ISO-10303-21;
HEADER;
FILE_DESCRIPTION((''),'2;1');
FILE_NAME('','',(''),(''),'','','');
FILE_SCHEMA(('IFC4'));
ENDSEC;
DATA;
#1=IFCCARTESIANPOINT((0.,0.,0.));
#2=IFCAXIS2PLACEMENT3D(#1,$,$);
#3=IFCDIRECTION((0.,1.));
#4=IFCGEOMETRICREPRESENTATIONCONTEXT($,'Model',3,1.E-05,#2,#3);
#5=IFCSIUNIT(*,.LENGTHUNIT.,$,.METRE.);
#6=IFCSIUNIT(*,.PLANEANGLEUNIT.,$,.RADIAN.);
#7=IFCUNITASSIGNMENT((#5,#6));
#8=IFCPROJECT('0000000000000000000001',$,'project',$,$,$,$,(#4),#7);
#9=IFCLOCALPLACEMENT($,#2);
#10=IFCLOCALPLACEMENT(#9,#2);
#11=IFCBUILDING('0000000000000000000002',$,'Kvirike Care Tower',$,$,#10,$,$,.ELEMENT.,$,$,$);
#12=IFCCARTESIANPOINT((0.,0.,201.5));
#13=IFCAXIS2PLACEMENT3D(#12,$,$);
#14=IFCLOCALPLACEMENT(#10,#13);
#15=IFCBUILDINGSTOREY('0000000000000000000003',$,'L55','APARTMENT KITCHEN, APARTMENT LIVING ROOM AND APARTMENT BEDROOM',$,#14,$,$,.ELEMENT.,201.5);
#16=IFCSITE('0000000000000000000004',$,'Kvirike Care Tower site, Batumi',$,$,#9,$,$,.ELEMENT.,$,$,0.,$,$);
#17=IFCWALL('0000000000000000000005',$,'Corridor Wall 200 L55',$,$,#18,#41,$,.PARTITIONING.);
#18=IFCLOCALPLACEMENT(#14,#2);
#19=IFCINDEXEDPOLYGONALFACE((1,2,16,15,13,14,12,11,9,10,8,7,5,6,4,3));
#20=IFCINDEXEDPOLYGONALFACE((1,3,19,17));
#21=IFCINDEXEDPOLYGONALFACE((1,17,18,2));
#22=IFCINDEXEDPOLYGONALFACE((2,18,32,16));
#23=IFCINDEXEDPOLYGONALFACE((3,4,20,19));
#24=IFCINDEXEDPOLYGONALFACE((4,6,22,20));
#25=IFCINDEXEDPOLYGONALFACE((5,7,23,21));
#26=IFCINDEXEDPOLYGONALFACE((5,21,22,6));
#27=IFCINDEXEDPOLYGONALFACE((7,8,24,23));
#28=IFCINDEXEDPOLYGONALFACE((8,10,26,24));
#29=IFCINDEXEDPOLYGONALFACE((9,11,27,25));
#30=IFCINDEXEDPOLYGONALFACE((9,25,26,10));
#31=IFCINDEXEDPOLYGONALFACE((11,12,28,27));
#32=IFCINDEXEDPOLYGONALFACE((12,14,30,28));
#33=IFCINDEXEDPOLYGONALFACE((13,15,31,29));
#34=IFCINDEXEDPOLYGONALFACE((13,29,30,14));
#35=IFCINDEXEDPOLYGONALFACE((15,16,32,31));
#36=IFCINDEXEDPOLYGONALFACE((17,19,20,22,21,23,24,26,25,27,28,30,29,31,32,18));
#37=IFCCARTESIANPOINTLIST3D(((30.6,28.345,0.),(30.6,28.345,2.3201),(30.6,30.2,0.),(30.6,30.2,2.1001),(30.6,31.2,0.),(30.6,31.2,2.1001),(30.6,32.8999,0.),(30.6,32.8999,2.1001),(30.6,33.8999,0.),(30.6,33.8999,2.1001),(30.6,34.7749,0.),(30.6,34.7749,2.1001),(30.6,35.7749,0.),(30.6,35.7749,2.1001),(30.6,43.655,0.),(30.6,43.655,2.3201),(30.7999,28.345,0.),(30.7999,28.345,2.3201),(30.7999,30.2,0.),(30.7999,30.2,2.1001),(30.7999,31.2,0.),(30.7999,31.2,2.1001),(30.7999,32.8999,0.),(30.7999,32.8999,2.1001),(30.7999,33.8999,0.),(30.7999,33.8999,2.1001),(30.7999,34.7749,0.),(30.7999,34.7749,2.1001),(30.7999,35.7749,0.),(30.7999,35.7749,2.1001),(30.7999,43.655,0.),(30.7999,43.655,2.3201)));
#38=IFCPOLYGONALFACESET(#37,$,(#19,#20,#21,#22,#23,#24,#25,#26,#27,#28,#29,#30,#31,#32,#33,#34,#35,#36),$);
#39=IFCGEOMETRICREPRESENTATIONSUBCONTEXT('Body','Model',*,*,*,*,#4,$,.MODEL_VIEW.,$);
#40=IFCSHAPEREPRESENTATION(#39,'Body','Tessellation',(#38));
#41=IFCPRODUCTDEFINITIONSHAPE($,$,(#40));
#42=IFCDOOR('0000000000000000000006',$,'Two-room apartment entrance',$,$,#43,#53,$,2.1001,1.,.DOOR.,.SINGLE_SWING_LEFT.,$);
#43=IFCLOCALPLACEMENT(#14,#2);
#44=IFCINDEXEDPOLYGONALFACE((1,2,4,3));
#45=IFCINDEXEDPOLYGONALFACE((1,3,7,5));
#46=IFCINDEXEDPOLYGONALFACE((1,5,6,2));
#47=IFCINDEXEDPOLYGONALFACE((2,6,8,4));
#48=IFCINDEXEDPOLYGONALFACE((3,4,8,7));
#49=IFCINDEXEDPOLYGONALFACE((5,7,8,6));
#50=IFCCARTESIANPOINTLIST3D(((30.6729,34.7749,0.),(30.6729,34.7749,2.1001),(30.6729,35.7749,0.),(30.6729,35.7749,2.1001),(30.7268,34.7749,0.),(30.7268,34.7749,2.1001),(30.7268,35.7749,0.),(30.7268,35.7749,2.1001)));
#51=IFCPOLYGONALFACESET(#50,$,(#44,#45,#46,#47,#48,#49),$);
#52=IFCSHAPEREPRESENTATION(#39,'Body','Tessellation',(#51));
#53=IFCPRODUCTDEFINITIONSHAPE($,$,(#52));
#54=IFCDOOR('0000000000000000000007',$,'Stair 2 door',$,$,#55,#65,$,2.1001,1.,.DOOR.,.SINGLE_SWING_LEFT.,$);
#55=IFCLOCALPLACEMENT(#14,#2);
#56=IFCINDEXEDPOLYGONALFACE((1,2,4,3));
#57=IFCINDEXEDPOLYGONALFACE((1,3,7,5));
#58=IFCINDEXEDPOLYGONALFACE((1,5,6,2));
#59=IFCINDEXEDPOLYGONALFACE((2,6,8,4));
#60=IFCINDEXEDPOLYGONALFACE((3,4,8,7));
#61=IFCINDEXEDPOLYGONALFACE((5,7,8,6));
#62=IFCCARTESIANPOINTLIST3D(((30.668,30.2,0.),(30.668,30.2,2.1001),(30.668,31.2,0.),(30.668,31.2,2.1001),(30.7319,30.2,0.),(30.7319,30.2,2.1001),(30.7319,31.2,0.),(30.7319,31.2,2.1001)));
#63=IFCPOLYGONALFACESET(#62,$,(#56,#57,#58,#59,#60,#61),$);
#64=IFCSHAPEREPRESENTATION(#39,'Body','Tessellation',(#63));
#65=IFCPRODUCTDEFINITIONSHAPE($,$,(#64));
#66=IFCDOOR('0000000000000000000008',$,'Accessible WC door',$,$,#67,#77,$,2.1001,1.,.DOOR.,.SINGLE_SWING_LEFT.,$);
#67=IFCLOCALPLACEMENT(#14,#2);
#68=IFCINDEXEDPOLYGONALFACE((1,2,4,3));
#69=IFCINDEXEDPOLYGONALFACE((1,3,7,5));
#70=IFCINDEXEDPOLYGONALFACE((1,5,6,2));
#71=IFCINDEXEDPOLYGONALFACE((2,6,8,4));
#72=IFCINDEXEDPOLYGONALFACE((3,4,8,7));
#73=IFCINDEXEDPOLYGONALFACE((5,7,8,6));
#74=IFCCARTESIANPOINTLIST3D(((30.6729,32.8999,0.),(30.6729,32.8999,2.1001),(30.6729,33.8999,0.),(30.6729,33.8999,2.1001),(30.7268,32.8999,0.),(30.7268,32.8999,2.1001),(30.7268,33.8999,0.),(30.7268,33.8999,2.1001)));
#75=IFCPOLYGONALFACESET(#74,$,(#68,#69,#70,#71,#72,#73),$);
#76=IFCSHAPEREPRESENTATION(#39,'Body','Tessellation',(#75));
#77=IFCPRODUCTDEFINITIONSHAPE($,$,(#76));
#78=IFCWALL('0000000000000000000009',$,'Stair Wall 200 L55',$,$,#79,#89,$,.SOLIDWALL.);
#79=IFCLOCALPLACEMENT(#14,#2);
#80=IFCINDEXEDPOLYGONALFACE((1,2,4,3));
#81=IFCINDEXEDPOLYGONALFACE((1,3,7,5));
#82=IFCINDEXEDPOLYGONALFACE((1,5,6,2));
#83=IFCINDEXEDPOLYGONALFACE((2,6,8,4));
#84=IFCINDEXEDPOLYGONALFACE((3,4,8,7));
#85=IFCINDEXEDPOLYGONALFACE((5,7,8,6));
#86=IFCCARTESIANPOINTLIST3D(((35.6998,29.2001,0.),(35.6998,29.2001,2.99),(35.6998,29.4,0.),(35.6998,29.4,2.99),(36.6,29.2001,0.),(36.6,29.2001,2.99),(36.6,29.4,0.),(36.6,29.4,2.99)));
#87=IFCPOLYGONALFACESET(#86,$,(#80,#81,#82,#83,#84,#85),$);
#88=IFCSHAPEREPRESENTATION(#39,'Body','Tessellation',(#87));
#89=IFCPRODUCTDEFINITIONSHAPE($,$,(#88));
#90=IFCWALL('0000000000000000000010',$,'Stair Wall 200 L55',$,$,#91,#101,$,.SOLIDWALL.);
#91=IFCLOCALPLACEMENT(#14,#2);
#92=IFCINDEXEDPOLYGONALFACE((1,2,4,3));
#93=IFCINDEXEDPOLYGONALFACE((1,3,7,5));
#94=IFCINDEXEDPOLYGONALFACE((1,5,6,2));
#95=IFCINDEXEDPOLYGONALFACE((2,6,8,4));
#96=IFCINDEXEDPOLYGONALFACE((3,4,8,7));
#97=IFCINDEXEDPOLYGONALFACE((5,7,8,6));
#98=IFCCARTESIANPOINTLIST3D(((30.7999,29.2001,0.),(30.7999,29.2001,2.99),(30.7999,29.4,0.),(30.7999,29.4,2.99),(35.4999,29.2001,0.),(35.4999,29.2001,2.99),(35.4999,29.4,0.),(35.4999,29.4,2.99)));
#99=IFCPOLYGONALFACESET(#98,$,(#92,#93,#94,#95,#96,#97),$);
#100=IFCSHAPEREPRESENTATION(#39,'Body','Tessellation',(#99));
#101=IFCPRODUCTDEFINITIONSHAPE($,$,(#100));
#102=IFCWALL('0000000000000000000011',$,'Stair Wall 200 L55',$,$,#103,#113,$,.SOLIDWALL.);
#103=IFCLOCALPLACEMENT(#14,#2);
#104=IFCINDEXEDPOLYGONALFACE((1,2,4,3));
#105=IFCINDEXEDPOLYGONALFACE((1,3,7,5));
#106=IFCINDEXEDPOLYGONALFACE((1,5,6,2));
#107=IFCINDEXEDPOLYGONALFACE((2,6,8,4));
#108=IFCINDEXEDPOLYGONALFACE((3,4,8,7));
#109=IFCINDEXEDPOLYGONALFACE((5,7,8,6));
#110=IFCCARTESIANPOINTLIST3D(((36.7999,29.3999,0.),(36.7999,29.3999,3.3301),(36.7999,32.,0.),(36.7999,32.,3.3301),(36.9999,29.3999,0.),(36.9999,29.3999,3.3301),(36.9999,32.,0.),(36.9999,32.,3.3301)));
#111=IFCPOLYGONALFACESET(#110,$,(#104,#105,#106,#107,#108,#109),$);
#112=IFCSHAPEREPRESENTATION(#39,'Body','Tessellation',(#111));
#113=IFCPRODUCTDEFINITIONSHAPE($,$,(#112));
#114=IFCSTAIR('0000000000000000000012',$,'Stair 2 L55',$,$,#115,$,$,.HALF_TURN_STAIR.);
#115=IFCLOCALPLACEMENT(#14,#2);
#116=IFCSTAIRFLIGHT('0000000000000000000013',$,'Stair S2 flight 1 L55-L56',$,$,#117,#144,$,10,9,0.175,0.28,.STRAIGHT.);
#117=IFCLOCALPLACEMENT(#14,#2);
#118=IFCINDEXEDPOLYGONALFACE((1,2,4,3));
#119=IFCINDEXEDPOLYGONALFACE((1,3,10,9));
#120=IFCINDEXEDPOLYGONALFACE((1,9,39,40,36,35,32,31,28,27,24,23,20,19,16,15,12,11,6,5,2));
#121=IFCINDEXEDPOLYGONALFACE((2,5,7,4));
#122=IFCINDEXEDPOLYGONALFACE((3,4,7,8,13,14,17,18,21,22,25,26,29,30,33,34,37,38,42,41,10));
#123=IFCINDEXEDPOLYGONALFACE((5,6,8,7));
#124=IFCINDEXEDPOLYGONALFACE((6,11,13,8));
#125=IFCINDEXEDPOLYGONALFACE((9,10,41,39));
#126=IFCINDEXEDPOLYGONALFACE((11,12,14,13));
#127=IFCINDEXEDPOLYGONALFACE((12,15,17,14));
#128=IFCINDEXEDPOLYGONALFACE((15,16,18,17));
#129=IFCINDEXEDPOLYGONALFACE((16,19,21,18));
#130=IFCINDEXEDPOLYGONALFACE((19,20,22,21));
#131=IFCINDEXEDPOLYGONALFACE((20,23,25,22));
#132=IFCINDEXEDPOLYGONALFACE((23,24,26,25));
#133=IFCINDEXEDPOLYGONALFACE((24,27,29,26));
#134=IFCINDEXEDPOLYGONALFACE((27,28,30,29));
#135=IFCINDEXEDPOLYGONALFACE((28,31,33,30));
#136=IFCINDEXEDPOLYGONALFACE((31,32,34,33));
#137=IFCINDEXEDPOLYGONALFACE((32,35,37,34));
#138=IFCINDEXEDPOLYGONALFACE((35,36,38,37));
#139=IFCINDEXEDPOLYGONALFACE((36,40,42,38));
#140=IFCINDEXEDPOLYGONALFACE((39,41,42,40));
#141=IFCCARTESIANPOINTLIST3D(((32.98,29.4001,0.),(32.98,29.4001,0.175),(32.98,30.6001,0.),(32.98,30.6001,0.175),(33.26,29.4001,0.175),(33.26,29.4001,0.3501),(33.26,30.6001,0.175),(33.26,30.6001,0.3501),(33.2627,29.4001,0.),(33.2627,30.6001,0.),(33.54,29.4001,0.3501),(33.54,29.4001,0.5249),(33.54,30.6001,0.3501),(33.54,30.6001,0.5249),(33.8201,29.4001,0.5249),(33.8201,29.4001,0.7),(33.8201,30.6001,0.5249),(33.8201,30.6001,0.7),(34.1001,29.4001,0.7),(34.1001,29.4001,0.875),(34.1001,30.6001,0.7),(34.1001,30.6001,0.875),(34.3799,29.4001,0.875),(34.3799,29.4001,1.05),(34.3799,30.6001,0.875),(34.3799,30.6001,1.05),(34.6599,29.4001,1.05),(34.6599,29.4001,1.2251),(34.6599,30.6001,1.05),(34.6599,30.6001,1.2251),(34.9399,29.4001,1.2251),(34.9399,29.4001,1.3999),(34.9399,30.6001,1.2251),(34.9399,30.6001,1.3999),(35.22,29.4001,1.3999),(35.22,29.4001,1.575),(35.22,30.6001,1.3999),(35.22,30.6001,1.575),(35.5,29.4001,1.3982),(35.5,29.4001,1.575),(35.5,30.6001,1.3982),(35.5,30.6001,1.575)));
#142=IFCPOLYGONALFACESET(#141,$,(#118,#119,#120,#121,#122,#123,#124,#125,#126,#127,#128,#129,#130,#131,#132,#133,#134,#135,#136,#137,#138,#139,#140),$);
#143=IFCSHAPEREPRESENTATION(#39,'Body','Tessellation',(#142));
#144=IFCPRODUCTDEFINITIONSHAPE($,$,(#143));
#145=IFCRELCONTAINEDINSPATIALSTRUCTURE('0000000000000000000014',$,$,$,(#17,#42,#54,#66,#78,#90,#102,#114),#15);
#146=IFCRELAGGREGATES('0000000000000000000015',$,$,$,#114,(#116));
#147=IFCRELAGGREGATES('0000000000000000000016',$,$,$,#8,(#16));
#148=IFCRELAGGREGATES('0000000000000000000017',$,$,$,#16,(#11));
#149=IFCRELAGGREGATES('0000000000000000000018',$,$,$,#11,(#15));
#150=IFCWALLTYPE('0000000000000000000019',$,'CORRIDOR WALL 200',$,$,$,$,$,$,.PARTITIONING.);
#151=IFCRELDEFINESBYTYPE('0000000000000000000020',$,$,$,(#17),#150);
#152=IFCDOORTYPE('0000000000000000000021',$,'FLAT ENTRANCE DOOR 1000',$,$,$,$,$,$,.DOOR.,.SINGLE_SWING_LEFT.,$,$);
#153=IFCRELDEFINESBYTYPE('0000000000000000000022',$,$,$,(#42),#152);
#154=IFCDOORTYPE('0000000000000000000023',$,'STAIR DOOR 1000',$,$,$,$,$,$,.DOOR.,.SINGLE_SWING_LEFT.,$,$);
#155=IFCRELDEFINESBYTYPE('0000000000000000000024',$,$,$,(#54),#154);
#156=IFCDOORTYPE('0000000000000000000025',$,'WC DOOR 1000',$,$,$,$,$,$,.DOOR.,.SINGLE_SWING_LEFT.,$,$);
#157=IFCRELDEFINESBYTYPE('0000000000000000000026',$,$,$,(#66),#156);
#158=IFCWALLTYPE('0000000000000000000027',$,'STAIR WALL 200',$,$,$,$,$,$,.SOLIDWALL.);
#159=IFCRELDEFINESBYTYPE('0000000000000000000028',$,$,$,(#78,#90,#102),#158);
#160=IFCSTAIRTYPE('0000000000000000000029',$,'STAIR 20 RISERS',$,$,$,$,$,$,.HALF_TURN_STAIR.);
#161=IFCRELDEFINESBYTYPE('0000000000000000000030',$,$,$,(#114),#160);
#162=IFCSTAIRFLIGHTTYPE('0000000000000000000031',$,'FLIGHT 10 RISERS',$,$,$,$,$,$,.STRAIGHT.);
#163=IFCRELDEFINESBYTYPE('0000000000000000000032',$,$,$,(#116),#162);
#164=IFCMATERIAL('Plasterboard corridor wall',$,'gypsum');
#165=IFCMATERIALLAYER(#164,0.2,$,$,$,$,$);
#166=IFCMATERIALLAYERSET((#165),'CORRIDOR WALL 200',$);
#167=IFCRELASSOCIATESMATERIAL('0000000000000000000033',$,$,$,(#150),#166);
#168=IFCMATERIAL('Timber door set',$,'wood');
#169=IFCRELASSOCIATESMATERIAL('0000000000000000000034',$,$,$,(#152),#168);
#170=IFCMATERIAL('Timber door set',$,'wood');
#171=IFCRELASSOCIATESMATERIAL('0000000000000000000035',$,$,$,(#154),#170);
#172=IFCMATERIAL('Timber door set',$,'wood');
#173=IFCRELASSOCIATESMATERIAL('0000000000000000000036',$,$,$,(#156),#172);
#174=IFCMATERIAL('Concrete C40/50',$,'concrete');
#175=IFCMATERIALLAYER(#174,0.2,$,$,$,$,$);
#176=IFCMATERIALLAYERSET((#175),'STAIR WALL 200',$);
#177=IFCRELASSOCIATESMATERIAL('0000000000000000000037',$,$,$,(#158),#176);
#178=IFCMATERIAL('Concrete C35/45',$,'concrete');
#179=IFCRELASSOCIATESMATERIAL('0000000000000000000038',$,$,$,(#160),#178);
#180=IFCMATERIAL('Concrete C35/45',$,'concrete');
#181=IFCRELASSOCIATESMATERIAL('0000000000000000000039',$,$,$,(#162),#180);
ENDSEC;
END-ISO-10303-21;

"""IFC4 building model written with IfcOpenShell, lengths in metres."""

from ifc_helpers import new_model, si_unit, direction, frame, frame_2d, origin, place, context, subcontext, project, spatial, polyline, rectangle, outline, extrude, material, layer, layer_set, type_object, element, fill, aggregate, save


model = new_model("IFC4")

# Units and contexts
model_context = context("Model", 3, precision=1e-05, world=origin(), true_north=direction((0.0, 1.0)))
body_context = subcontext(model_context, "Body", "Model", "MODEL_VIEW")
ifc_project = project(units=[si_unit("LENGTHUNIT", "METRE"), si_unit("PLANEANGLEUNIT", "RADIAN")], contexts=[model_context])

# Site, building, storey
site_placement = place(None, origin())
site = spatial("IfcSite", under=ifc_project, at=site_placement, Name="Kvirike Care Tower site, Batumi", CompositionType="ELEMENT", RefElevation=0.0)
building_placement = place(site_placement, origin())
building = spatial("IfcBuilding", under=site, at=building_placement, Name="Kvirike Care Tower", CompositionType="ELEMENT")
storey_placement = place(building_placement, frame((0.0, 0.0, 201.5)))
storey = spatial("IfcBuildingStorey", under=building, at=storey_placement, Name="L55", Description="APARTMENT KITCHEN, APARTMENT LIVING ROOM AND APARTMENT BEDROOM", CompositionType="ELEMENT", Elevation=201.5)

# Wall, openings, doors
ifc_material_1 = material(Name="Plasterboard corridor wall", Category="gypsum")
ifc_layer_1 = layer(ifc_material_1, 0.2)
ifc_layer_set_1 = layer_set([ifc_layer_1], Name="CORRIDOR WALL 200")
wall_type_1 = type_object("IfcWallType", Name="CORRIDOR WALL 200", PredefinedType="PARTITIONING", material=ifc_layer_set_1)
wall_1_placement = place(storey_placement, frame((30.7, 28.345, 0.0), z_axis=(0.0, 0.0, 1.0), x_axis=(0.0, 1.0, 0.0)))
wall_1 = element("IfcWall", 1, at=wall_1_placement, inside=storey, type_object=wall_type_1, Name="Corridor Wall 200 L55", PredefinedType="PARTITIONING", context=body_context, shape_type="SweptSolid", body=[
    extrude(rectangle(XDim=15.3101, YDim=0.2, at=frame_2d((7.655, 0.0))), origin(), (0.0, 0.0, 1.0), 2.3201),
])
opening_1_placement = place(wall_1_placement, frame((1.855, 0.0, 0.0)))
opening_1 = element("IfcOpeningElement", 2, at=opening_1_placement, cuts=wall_1, PredefinedType="OPENING", context=body_context, shape_type="SweptSolid", body=[
    extrude(rectangle(XDim=1.0, YDim=2.1001, at=frame_2d((0.5, 1.05))), frame((0.0, 0.1106, 0.0), z_axis=(0.0, -1.0, 0.0), x_axis=(1.0, 0.0, 0.0)), (0.0, 0.0, 1.0), 0.2209),
])
opening_2_placement = place(wall_1_placement, frame((4.5549, 0.0, 0.0)))
opening_2 = element("IfcOpeningElement", 3, at=opening_2_placement, cuts=wall_1, PredefinedType="OPENING", context=body_context, shape_type="SweptSolid", body=[
    extrude(rectangle(XDim=1.0, YDim=2.1001, at=frame_2d((0.5, 1.05))), frame((0.0, 0.1106, 0.0), z_axis=(0.0, -1.0, 0.0), x_axis=(1.0, 0.0, 0.0)), (0.0, 0.0, 1.0), 0.2209),
])
opening_3_placement = place(wall_1_placement, frame((6.4299, 0.0, 0.0)))
opening_3 = element("IfcOpeningElement", 4, at=opening_3_placement, cuts=wall_1, PredefinedType="OPENING", context=body_context, shape_type="SweptSolid", body=[
    extrude(rectangle(XDim=1.0, YDim=2.1001, at=frame_2d((0.5, 1.05))), frame((0.0, 0.1106, 0.0), z_axis=(0.0, -1.0, 0.0), x_axis=(1.0, 0.0, 0.0)), (0.0, 0.0, 1.0), 0.2209),
])
ifc_material_2 = material(Name="Timber door set", Category="wood")
door_type_1 = type_object("IfcDoorType", Name="FLAT ENTRANCE DOOR 1000", OperationType="SINGLE_SWING_LEFT", PredefinedType="DOOR", material=ifc_material_2)
door_1_placement = place(opening_3_placement, frame((1.0, 0.0, 0.0), z_axis=(0.0, 0.0, 1.0), x_axis=(-1.0, 0.0, 0.0)))
door_1 = element("IfcDoor", 5, at=door_1_placement, inside=storey, type_object=door_type_1, Name="Two-room apartment entrance", OperationType="SINGLE_SWING_LEFT", OverallHeight=2.1001, OverallWidth=1.0, PredefinedType="DOOR", context=body_context, shape_type="SweptSolid", body=[
    extrude(rectangle(XDim=1.0, YDim=2.1001, at=frame_2d((0.5, 1.05))), frame((0.0, 0.0269, 0.0), z_axis=(0.0, -1.0, 0.0), x_axis=(1.0, 0.0, 0.0)), (0.0, 0.0, 1.0), 0.054),
])
fill(opening_3, door_1)
ifc_material_3 = material(Name="Timber door set", Category="wood")
door_type_2 = type_object("IfcDoorType", Name="STAIR DOOR 1000", OperationType="SINGLE_SWING_LEFT", PredefinedType="DOOR", material=ifc_material_3)
door_2_placement = place(opening_1_placement, frame((1.0, 0.0, 0.0), z_axis=(0.0, 0.0, 1.0), x_axis=(-1.0, 0.0, 0.0)))
door_2 = element("IfcDoor", 6, at=door_2_placement, inside=storey, type_object=door_type_2, Name="Stair 2 door", OperationType="SINGLE_SWING_LEFT", OverallHeight=2.1001, OverallWidth=1.0, PredefinedType="DOOR", context=body_context, shape_type="SweptSolid", body=[
    extrude(rectangle(XDim=1.0, YDim=2.1001, at=frame_2d((0.5, 1.05))), frame((0.0, 0.032, 0.0), z_axis=(0.0, -1.0, 0.0), x_axis=(1.0, 0.0, 0.0)), (0.0, 0.0, 1.0), 0.064),
])
fill(opening_1, door_2)
ifc_material_4 = material(Name="Timber door set", Category="wood")
door_type_3 = type_object("IfcDoorType", Name="WC DOOR 1000", OperationType="SINGLE_SWING_LEFT", PredefinedType="DOOR", material=ifc_material_4)
door_3_placement = place(opening_2_placement, frame((1.0, 0.0, 0.0), z_axis=(0.0, 0.0, 1.0), x_axis=(-1.0, 0.0, 0.0)))
door_3 = element("IfcDoor", 7, at=door_3_placement, inside=storey, type_object=door_type_3, Name="Accessible WC door", OperationType="SINGLE_SWING_LEFT", OverallHeight=2.1001, OverallWidth=1.0, PredefinedType="DOOR", context=body_context, shape_type="SweptSolid", body=[
    extrude(rectangle(XDim=1.0, YDim=2.1001, at=frame_2d((0.5, 1.05))), frame((0.0, 0.0269, 0.0), z_axis=(0.0, -1.0, 0.0), x_axis=(1.0, 0.0, 0.0)), (0.0, 0.0, 1.0), 0.054),
])
fill(opening_2, door_3)

# Walls
ifc_material_5 = material(Name="Concrete C40/50", Category="concrete")
ifc_layer_2 = layer(ifc_material_5, 0.2)
ifc_layer_set_2 = layer_set([ifc_layer_2], Name="STAIR WALL 200")
wall_type_2 = type_object("IfcWallType", Name="STAIR WALL 200", PredefinedType="SOLIDWALL", material=ifc_layer_set_2)
wall_2_placement = place(storey_placement, frame((36.6001, 29.3, 0.0), z_axis=(0.0, 0.0, 1.0), x_axis=(-1.0, 0.0, 0.0)))
element("IfcWall", 8, at=wall_2_placement, inside=storey, type_object=wall_type_2, Name="Stair Wall 200 L55", PredefinedType="SOLIDWALL", context=body_context, shape_type="SweptSolid", body=[
    extrude(rectangle(XDim=0.9001, YDim=0.2, at=frame_2d((0.4502, 0.0))), origin(), (0.0, 0.0, 1.0), 2.99),
])
wall_3_placement = place(storey_placement, frame((35.5, 29.3, 0.0), z_axis=(0.0, 0.0, 1.0), x_axis=(-1.0, 0.0, 0.0)))
element("IfcWall", 9, at=wall_3_placement, inside=storey, type_object=wall_type_2, Name="Stair Wall 200 L55", PredefinedType="SOLIDWALL", context=body_context, shape_type="SweptSolid", body=[
    extrude(rectangle(XDim=4.7, YDim=0.2, at=frame_2d((2.3501, 0.0))), origin(), (0.0, 0.0, 1.0), 2.99),
])
wall_4_placement = place(storey_placement, frame((36.8999, 29.3999, 0.0), z_axis=(0.0, 0.0, 1.0), x_axis=(0.0, 1.0, 0.0)))
element("IfcWall", 10, at=wall_4_placement, inside=storey, type_object=wall_type_2, Name="Stair Wall 200 L55", PredefinedType="SOLIDWALL", context=body_context, shape_type="SweptSolid", body=[
    extrude(rectangle(XDim=2.6001, YDim=0.2, at=frame_2d((1.3, 0.0))), origin(), (0.0, 0.0, 1.0), 3.3301),
])

# Stair, stair flight
ifc_material_6 = material(Name="Concrete C35/45", Category="concrete")
stair_type = type_object("IfcStairType", Name="STAIR 20 RISERS", PredefinedType="HALF_TURN_STAIR", material=ifc_material_6)
stair_placement = place(storey_placement, origin())
stair = element("IfcStair", 11, at=stair_placement, inside=storey, type_object=stair_type, Name="Stair 2 L55", PredefinedType="HALF_TURN_STAIR")
ifc_material_7 = material(Name="Concrete C35/45", Category="concrete")
stair_flight_type = type_object("IfcStairFlightType", Name="FLIGHT 10 RISERS", PredefinedType="STRAIGHT", material=ifc_material_7)
stair_flight_1_placement = place(storey_placement, frame((32.98, 30.0, 0.0), z_axis=(0.0, 0.0, 1.0), x_axis=(1.0, 0.0, 0.0)))
stair_flight_1 = element("IfcStairFlight", 12, at=stair_flight_1_placement, type_object=stair_flight_type, Name="Stair S2 flight 1 L55-L56", NumberOfRisers=10, NumberOfTreads=9, PredefinedType="STRAIGHT", RiserHeight=0.175, TreadLength=0.28, context=body_context, shape_type="SweptSolid", body=[
    extrude(outline(polyline([(0.0, 0.0), (0.0, 0.175), (0.28, 0.175), (0.28, 0.3501), (0.5601, 0.3501), (0.5601, 0.5249), (0.8401, 0.5249), (0.8401, 0.7), (1.1201, 0.7), (1.1201, 0.875), (1.3999, 0.875), (1.3999, 1.05), (1.6799, 1.05), (1.6799, 1.2251), (1.96, 1.2251), (1.96, 1.3999), (2.24, 1.3999), (2.24, 1.575), (2.52, 1.575), (2.52, 1.75), (2.52, 1.3982), (0.2827, 0.0), (0.0, 0.0)])), frame((0.0, 0.6001, 0.0), z_axis=(0.0, -1.0, 0.0), x_axis=(1.0, 0.0, 0.0)), (0.0, 0.0, 1.0), 1.2),
])
aggregate(stair, [stair_flight_1])

save(model, "model.ifc")
